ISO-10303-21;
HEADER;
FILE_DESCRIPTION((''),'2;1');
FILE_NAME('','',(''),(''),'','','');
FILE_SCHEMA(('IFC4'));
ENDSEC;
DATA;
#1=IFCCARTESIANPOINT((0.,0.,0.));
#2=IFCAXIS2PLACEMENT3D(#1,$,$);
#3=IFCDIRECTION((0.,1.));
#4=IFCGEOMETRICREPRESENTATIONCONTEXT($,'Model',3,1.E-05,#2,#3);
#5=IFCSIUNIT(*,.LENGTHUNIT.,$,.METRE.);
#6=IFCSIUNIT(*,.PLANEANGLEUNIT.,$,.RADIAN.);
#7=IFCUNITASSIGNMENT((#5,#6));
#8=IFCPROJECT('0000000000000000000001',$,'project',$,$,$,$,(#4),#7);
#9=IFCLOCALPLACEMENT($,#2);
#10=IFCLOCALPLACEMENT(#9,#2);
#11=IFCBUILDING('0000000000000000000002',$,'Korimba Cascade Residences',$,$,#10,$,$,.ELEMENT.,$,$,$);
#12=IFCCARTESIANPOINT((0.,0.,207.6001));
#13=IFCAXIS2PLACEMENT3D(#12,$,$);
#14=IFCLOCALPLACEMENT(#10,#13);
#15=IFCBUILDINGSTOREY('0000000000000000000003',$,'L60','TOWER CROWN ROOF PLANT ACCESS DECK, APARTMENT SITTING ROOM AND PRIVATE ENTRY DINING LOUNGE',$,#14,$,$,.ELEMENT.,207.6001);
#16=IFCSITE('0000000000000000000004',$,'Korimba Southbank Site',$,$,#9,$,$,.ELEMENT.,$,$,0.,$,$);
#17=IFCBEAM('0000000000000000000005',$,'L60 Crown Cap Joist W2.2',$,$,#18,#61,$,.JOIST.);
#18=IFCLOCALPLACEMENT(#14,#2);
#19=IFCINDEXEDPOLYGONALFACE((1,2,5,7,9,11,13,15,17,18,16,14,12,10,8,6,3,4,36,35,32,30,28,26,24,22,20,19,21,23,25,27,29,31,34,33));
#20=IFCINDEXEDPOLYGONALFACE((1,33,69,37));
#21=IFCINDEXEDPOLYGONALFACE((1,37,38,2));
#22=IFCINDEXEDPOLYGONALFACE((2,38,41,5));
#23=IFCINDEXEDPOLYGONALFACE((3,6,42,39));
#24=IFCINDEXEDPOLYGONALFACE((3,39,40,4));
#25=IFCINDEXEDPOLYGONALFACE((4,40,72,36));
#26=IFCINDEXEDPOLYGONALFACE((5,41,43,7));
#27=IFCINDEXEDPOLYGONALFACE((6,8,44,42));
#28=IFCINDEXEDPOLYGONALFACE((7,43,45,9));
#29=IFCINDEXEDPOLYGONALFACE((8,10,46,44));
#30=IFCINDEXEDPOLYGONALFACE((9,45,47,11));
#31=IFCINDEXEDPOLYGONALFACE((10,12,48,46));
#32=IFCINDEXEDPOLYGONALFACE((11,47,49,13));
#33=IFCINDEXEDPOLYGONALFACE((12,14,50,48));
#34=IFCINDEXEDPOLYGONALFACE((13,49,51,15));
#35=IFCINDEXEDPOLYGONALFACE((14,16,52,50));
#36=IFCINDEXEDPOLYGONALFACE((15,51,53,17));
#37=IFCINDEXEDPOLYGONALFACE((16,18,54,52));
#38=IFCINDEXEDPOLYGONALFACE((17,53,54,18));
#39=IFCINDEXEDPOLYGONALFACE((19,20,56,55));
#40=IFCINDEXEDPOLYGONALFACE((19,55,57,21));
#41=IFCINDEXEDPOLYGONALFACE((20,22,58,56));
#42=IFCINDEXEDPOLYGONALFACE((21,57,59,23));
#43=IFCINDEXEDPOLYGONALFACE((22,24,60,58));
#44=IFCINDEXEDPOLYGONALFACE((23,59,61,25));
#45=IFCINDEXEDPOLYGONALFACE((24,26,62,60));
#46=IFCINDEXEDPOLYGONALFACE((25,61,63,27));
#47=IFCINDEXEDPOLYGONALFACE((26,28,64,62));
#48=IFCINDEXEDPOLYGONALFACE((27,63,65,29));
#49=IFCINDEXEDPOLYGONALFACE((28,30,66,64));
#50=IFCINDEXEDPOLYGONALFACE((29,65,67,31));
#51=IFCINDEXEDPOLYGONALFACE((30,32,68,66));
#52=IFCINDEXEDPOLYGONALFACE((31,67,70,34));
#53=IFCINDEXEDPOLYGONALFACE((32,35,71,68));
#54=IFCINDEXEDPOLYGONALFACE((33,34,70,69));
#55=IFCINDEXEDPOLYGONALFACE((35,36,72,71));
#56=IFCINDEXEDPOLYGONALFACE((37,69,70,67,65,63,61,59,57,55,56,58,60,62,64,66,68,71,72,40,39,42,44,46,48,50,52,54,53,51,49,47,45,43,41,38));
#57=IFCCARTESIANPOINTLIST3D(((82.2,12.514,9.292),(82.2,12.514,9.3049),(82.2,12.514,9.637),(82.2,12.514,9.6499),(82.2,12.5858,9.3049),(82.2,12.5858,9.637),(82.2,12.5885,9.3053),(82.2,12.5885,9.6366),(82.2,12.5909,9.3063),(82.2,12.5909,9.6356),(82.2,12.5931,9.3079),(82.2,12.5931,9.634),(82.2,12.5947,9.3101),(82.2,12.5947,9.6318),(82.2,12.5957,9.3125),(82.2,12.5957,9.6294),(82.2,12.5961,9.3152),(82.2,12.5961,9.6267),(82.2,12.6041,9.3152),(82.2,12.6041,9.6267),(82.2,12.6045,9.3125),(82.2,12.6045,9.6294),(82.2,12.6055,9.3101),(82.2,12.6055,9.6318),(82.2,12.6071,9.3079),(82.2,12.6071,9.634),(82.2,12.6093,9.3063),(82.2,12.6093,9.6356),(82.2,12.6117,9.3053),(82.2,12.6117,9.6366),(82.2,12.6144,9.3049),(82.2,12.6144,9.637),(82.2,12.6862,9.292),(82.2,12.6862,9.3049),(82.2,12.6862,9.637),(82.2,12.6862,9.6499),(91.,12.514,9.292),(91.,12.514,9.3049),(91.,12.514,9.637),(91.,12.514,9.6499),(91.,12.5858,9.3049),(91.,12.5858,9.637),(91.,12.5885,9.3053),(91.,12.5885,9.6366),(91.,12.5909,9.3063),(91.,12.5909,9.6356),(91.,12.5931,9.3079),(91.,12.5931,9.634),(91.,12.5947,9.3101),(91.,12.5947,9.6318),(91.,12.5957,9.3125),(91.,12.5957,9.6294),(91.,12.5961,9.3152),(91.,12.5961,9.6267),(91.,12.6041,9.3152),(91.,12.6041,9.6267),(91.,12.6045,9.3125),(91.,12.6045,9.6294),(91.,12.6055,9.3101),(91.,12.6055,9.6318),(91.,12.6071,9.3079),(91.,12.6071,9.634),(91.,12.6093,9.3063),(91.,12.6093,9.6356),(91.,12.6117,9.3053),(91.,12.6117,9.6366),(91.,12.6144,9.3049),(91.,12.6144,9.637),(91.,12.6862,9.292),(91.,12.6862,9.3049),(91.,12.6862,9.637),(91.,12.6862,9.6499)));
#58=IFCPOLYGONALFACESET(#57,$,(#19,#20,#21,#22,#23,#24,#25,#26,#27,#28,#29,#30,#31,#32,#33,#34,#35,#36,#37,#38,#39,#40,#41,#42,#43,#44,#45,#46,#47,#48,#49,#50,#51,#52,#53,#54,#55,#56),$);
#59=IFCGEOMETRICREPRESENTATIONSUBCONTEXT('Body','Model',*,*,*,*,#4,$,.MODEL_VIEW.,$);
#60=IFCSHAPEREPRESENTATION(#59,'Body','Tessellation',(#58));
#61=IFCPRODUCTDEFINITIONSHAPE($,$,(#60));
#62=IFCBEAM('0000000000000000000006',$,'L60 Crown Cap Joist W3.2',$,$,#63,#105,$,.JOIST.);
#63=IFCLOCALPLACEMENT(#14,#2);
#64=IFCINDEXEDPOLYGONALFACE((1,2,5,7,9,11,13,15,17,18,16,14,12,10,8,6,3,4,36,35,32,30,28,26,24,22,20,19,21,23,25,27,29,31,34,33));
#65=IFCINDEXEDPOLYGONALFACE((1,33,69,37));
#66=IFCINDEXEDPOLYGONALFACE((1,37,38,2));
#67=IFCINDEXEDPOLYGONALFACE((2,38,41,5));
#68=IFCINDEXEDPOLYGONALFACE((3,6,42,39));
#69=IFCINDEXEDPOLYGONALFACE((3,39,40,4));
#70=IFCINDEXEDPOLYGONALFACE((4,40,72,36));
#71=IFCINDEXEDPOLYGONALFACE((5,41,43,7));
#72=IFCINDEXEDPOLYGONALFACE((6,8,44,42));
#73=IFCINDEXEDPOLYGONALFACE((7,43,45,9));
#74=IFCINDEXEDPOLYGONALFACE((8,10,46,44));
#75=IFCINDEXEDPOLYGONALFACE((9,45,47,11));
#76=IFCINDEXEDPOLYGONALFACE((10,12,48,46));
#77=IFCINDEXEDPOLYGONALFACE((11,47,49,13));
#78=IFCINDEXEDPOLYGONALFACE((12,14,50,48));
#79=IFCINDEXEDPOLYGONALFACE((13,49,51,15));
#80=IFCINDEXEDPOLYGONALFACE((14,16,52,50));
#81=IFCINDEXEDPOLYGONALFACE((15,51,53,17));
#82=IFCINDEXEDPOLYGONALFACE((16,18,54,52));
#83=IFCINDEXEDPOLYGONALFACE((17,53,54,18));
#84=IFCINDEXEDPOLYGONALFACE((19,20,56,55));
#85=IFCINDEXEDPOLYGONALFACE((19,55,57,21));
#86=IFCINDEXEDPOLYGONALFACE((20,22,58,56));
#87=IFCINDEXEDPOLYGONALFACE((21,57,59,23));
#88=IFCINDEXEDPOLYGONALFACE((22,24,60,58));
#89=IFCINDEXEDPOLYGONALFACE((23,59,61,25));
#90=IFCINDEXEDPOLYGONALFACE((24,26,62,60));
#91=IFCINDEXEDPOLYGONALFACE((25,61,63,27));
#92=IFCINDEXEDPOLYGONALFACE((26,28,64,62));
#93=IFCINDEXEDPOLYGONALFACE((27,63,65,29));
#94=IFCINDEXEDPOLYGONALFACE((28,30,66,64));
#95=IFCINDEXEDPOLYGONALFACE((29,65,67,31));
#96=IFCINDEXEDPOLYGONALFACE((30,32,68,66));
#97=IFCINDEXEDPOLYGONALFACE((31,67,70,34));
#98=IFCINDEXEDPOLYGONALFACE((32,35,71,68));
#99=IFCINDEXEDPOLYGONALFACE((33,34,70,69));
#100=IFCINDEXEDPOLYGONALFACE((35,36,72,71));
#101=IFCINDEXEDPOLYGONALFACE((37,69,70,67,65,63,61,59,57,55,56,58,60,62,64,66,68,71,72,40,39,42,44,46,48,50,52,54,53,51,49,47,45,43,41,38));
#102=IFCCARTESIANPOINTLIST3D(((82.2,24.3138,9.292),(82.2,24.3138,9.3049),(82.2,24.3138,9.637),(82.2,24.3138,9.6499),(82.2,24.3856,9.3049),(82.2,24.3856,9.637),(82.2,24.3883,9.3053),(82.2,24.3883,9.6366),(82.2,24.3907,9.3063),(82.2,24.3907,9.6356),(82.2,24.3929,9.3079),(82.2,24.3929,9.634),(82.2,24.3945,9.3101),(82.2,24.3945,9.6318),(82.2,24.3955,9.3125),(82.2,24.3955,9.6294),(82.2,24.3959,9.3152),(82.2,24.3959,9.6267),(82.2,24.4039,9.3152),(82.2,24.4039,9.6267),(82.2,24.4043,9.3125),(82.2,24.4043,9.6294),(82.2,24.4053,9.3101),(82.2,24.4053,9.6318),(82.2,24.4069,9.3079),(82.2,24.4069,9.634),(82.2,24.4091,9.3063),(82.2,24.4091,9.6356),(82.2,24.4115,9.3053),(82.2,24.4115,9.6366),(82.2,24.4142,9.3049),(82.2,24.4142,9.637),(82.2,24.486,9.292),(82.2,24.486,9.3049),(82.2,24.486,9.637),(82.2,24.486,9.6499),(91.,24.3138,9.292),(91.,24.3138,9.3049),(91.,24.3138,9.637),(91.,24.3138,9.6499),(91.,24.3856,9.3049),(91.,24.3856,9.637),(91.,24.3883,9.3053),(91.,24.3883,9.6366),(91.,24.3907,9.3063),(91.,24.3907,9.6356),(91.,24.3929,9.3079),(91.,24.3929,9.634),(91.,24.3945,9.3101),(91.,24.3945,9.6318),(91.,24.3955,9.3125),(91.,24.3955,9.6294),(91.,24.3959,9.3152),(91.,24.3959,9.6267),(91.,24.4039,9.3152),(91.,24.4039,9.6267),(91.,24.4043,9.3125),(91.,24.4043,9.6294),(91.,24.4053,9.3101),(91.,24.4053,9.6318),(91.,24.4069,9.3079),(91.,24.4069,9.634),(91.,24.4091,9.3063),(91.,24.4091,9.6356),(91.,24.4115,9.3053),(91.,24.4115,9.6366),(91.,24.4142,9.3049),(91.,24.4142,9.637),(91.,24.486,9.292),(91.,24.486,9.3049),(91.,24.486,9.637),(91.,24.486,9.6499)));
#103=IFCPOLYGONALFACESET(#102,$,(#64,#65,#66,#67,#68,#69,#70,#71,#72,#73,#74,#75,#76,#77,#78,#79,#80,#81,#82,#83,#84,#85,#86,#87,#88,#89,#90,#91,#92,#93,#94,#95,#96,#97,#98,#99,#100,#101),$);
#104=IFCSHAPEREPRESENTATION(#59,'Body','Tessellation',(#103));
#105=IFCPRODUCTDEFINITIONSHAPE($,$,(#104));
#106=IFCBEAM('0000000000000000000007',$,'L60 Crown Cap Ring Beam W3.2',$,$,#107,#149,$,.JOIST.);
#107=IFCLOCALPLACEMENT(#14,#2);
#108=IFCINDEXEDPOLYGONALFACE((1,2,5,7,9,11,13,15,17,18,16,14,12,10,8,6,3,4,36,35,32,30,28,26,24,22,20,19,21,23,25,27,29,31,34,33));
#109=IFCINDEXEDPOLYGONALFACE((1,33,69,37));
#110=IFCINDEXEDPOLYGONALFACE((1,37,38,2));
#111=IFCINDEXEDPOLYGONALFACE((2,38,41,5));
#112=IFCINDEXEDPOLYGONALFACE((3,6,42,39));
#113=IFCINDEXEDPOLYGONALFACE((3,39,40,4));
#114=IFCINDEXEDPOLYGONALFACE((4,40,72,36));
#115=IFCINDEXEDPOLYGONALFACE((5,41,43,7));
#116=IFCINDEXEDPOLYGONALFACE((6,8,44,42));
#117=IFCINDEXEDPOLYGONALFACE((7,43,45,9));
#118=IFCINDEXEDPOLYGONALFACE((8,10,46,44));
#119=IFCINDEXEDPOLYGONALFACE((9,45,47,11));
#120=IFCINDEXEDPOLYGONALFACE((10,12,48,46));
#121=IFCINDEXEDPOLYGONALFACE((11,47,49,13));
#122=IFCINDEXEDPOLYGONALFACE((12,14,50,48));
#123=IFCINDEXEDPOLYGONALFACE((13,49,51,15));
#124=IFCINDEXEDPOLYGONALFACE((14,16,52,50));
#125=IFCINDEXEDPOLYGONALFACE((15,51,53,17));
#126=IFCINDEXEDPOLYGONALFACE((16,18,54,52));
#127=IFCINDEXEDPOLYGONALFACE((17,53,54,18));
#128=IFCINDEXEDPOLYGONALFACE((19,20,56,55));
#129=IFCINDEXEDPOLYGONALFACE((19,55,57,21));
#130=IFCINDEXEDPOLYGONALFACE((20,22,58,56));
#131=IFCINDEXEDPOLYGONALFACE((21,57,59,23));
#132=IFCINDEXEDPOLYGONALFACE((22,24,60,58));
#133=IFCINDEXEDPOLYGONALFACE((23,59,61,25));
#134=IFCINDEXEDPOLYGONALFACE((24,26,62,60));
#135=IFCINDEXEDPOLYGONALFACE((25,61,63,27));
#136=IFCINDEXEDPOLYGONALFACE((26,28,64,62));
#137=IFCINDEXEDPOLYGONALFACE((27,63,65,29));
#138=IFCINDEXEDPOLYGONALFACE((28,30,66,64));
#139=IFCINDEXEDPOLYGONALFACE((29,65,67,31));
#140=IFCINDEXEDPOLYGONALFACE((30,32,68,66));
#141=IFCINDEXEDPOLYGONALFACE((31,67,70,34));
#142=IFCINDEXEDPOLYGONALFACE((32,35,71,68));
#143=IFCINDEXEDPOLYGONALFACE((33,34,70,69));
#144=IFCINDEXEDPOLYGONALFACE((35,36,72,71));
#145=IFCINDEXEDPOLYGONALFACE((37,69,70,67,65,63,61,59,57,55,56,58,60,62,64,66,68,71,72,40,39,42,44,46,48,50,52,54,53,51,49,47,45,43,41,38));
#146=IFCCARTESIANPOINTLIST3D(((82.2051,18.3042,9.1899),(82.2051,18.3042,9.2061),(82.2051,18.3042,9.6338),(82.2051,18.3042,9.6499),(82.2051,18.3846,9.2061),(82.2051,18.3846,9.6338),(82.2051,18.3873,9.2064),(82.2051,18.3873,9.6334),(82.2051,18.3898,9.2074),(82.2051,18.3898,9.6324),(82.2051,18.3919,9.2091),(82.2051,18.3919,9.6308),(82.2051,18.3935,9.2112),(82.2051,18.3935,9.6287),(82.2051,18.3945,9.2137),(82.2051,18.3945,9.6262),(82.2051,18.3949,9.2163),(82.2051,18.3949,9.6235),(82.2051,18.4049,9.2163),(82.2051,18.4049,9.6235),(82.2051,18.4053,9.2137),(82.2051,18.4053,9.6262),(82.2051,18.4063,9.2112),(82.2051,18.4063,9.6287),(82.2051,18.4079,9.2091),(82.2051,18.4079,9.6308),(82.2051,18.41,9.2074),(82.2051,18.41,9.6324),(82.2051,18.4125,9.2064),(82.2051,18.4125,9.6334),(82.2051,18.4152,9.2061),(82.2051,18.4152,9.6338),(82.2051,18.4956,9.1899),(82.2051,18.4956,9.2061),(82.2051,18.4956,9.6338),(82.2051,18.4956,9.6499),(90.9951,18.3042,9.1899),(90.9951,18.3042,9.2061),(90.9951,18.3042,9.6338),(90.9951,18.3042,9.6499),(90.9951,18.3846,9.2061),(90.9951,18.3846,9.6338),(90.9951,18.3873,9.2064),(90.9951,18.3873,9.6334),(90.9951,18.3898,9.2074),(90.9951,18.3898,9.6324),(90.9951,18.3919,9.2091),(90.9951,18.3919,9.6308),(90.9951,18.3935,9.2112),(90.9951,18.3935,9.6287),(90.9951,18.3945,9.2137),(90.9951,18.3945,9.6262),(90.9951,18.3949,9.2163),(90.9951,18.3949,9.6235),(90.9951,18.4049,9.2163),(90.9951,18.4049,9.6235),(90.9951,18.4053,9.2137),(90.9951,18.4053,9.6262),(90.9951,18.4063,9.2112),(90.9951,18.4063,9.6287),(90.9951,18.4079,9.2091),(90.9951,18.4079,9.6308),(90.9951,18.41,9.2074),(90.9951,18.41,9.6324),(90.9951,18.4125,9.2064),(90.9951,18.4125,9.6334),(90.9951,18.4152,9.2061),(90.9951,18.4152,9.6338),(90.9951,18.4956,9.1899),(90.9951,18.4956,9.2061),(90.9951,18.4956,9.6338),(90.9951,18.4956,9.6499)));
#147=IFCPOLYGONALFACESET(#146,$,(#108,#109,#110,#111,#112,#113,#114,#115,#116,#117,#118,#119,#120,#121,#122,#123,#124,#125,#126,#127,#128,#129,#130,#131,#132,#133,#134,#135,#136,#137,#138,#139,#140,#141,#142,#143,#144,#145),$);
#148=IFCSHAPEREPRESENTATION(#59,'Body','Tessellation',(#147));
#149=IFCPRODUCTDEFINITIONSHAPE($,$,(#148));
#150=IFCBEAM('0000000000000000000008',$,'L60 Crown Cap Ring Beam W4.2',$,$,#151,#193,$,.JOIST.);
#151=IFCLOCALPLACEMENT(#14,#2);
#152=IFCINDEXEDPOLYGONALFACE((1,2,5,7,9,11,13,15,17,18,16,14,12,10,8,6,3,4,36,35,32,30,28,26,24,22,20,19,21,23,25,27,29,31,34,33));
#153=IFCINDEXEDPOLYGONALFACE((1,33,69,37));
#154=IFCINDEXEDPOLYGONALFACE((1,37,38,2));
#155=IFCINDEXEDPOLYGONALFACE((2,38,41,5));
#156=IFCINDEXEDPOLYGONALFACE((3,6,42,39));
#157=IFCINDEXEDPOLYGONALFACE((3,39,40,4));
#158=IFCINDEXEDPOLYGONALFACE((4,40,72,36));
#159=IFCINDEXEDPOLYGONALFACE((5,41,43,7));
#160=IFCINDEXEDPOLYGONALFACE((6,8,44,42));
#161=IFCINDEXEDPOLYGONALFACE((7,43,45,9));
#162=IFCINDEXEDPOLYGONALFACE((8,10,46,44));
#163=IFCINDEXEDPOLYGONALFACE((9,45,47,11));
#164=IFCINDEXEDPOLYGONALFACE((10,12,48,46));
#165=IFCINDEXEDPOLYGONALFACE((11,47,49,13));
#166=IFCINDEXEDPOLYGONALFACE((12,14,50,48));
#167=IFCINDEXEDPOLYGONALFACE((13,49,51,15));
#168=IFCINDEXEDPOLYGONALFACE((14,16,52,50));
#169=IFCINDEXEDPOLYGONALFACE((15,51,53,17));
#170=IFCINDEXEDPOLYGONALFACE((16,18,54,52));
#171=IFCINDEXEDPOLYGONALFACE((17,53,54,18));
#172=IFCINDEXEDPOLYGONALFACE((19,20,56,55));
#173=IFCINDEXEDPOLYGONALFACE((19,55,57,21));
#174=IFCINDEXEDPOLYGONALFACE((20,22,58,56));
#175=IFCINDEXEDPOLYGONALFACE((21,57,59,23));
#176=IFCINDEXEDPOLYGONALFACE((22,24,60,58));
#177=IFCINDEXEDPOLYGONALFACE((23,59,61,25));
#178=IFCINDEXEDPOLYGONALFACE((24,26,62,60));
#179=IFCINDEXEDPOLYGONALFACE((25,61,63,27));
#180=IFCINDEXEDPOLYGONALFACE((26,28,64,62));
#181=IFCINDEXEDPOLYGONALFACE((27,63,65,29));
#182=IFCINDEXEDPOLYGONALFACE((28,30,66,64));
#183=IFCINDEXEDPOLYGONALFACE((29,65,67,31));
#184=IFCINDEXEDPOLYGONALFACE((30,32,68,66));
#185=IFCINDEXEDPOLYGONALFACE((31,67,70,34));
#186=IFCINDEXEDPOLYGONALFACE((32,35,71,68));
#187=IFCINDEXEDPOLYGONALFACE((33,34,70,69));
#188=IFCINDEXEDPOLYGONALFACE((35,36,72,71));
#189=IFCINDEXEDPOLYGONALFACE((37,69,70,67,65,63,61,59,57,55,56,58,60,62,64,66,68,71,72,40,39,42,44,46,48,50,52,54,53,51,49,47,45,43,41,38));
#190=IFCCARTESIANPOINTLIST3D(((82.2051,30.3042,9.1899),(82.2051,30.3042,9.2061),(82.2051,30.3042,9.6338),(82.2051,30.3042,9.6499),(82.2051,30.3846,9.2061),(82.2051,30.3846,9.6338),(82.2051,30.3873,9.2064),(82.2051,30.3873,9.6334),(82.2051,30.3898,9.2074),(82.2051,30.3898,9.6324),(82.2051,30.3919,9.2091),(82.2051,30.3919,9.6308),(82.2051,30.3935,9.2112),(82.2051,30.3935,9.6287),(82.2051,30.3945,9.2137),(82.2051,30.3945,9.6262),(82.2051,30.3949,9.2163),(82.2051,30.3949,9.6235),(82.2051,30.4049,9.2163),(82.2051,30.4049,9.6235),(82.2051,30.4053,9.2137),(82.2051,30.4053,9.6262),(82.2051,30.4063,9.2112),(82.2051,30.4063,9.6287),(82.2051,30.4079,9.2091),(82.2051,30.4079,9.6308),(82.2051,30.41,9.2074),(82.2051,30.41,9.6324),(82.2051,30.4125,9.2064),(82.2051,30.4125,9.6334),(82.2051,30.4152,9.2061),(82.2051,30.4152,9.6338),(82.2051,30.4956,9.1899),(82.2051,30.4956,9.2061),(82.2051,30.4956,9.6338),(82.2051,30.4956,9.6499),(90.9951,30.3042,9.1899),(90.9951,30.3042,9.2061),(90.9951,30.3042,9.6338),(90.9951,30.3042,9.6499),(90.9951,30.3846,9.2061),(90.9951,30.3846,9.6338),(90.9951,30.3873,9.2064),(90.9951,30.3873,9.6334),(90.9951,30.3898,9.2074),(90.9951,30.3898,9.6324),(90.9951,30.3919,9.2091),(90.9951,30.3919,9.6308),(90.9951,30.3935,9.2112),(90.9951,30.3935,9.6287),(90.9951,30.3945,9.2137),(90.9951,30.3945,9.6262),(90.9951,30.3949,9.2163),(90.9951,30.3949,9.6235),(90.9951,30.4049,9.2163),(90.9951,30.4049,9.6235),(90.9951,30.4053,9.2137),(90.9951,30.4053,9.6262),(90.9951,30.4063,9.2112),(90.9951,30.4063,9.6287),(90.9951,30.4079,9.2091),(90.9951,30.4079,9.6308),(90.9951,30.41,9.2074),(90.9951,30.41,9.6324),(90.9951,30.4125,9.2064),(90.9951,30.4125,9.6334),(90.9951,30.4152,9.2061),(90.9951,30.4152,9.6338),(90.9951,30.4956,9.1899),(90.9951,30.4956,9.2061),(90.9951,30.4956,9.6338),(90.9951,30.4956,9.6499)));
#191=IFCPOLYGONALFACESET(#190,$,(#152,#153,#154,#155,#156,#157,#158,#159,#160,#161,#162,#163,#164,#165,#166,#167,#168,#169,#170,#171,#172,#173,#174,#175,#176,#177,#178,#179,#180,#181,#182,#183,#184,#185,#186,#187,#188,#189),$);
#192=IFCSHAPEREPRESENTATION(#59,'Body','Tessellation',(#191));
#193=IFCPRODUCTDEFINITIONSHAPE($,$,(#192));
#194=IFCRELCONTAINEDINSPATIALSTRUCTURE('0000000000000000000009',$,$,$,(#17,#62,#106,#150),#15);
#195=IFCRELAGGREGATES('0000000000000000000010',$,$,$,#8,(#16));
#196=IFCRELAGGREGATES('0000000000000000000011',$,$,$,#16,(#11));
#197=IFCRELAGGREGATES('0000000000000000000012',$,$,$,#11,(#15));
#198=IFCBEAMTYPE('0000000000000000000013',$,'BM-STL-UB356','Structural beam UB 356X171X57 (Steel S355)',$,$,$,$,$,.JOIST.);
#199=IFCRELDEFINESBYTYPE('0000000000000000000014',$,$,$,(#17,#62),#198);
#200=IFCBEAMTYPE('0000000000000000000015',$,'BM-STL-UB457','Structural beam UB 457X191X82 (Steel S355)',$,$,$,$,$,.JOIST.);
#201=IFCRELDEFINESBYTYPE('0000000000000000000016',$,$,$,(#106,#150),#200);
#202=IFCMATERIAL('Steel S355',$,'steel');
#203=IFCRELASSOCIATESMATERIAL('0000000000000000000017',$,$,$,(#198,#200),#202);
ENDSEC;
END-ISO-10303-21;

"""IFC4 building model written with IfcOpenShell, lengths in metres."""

from ifc_helpers import new_model, si_unit, direction, frame, origin, origin_2d, place, context, subcontext, project, spatial, i_section, extrude, material, material_profile, profile_set, type_object, element, save


model = new_model("IFC4")

# Units and contexts
model_context = context("Model", 3, precision=1e-05, world=origin(), true_north=direction((0.0, 1.0)))
body_context = subcontext(model_context, "Body", "Model", "MODEL_VIEW")
ifc_project = project(units=[si_unit("LENGTHUNIT", "METRE"), si_unit("PLANEANGLEUNIT", "RADIAN")], contexts=[model_context])

# Site, building, storey
site_placement = place(None, origin())
site = spatial("IfcSite", under=ifc_project, at=site_placement, Name="Korimba Southbank Site", CompositionType="ELEMENT", RefElevation=0.0)
building_placement = place(site_placement, origin())
building = spatial("IfcBuilding", under=site, at=building_placement, Name="Korimba Cascade Residences", CompositionType="ELEMENT")
storey_placement = place(building_placement, frame((0.0, 0.0, 207.6001)))
storey = spatial("IfcBuildingStorey", under=building, at=storey_placement, Name="L60", Description="TOWER CROWN ROOF PLANT ACCESS DECK, APARTMENT SITTING ROOM AND PRIVATE ENTRY DINING LOUNGE", CompositionType="ELEMENT", Elevation=207.6001)

# Shared definitions
ifc_material_1 = material(Name="Steel S355", Category="steel")

# Beams
ifc_material_profile_1 = material_profile(ifc_material_1, i_section(OverallWidth=0.1721, OverallDepth=0.3579, WebThickness=0.0081, FlangeThickness=0.0129, FilletRadius=0.0103, at=origin_2d()), Name="Steel S355")
ifc_profile_set_1 = profile_set([ifc_material_profile_1], Name="Steel S355")
beam_type_1 = type_object("IfcBeamType", Name="BM-STL-UB356", Description="Structural beam UB 356X171X57 (Steel S355)", PredefinedType="JOIST", material=ifc_profile_set_1)
for number, where, z_axis, x_axis, name in (
    (1, (82.2, 12.6001, 9.4709), (1.0, 0.0, 0.0), (0.0, 1.0, 0.0), "L60 Crown Cap Joist W2.2"),
    (2, (82.2, 24.3999, 9.4709), (1.0, 0.0, 0.0), (0.0, 1.0, 0.0), "L60 Crown Cap Joist W3.2"),
):
    element("IfcBeam", number, at=place(storey_placement, frame(where, z_axis=z_axis, x_axis=x_axis)), inside=storey, type_object=beam_type_1, Name=name, PredefinedType="JOIST", context=body_context, shape_type="SweptSolid", body=[
        extrude(i_section(OverallWidth=0.1721, OverallDepth=0.3579, WebThickness=0.0081, FlangeThickness=0.0129, FilletRadius=0.0103, at=origin_2d()), origin(), (0.0, 0.0, 1.0), 8.8),
    ])
ifc_material_profile_2 = material_profile(ifc_material_1, i_section(OverallWidth=0.1914, OverallDepth=0.46, WebThickness=0.01, FlangeThickness=0.0161, FilletRadius=0.0103, at=origin_2d()), Name="Steel S355")
ifc_profile_set_2 = profile_set([ifc_material_profile_2], Name="Steel S355")
beam_type_2 = type_object("IfcBeamType", Name="BM-STL-UB457", Description="Structural beam UB 457X191X82 (Steel S355)", PredefinedType="JOIST", material=ifc_profile_set_2)
for number, where, z_axis, x_axis, name in (
    (3, (82.2051, 18.3999, 9.4199), (1.0, 0.0, 0.0), (0.0, 1.0, 0.0), "L60 Crown Cap Ring Beam W3.2"),
    (4, (82.2051, 30.3999, 9.4199), (1.0, 0.0, 0.0), (0.0, 1.0, 0.0), "L60 Crown Cap Ring Beam W4.2"),
):
    element("IfcBeam", number, at=place(storey_placement, frame(where, z_axis=z_axis, x_axis=x_axis)), inside=storey, type_object=beam_type_2, Name=name, PredefinedType="JOIST", context=body_context, shape_type="SweptSolid", body=[
        extrude(i_section(OverallWidth=0.1914, OverallDepth=0.46, WebThickness=0.01, FlangeThickness=0.0161, FilletRadius=0.0103, at=origin_2d()), origin(), (0.0, 0.0, 1.0), 8.79),
    ])

save(model, "model.ifc")
